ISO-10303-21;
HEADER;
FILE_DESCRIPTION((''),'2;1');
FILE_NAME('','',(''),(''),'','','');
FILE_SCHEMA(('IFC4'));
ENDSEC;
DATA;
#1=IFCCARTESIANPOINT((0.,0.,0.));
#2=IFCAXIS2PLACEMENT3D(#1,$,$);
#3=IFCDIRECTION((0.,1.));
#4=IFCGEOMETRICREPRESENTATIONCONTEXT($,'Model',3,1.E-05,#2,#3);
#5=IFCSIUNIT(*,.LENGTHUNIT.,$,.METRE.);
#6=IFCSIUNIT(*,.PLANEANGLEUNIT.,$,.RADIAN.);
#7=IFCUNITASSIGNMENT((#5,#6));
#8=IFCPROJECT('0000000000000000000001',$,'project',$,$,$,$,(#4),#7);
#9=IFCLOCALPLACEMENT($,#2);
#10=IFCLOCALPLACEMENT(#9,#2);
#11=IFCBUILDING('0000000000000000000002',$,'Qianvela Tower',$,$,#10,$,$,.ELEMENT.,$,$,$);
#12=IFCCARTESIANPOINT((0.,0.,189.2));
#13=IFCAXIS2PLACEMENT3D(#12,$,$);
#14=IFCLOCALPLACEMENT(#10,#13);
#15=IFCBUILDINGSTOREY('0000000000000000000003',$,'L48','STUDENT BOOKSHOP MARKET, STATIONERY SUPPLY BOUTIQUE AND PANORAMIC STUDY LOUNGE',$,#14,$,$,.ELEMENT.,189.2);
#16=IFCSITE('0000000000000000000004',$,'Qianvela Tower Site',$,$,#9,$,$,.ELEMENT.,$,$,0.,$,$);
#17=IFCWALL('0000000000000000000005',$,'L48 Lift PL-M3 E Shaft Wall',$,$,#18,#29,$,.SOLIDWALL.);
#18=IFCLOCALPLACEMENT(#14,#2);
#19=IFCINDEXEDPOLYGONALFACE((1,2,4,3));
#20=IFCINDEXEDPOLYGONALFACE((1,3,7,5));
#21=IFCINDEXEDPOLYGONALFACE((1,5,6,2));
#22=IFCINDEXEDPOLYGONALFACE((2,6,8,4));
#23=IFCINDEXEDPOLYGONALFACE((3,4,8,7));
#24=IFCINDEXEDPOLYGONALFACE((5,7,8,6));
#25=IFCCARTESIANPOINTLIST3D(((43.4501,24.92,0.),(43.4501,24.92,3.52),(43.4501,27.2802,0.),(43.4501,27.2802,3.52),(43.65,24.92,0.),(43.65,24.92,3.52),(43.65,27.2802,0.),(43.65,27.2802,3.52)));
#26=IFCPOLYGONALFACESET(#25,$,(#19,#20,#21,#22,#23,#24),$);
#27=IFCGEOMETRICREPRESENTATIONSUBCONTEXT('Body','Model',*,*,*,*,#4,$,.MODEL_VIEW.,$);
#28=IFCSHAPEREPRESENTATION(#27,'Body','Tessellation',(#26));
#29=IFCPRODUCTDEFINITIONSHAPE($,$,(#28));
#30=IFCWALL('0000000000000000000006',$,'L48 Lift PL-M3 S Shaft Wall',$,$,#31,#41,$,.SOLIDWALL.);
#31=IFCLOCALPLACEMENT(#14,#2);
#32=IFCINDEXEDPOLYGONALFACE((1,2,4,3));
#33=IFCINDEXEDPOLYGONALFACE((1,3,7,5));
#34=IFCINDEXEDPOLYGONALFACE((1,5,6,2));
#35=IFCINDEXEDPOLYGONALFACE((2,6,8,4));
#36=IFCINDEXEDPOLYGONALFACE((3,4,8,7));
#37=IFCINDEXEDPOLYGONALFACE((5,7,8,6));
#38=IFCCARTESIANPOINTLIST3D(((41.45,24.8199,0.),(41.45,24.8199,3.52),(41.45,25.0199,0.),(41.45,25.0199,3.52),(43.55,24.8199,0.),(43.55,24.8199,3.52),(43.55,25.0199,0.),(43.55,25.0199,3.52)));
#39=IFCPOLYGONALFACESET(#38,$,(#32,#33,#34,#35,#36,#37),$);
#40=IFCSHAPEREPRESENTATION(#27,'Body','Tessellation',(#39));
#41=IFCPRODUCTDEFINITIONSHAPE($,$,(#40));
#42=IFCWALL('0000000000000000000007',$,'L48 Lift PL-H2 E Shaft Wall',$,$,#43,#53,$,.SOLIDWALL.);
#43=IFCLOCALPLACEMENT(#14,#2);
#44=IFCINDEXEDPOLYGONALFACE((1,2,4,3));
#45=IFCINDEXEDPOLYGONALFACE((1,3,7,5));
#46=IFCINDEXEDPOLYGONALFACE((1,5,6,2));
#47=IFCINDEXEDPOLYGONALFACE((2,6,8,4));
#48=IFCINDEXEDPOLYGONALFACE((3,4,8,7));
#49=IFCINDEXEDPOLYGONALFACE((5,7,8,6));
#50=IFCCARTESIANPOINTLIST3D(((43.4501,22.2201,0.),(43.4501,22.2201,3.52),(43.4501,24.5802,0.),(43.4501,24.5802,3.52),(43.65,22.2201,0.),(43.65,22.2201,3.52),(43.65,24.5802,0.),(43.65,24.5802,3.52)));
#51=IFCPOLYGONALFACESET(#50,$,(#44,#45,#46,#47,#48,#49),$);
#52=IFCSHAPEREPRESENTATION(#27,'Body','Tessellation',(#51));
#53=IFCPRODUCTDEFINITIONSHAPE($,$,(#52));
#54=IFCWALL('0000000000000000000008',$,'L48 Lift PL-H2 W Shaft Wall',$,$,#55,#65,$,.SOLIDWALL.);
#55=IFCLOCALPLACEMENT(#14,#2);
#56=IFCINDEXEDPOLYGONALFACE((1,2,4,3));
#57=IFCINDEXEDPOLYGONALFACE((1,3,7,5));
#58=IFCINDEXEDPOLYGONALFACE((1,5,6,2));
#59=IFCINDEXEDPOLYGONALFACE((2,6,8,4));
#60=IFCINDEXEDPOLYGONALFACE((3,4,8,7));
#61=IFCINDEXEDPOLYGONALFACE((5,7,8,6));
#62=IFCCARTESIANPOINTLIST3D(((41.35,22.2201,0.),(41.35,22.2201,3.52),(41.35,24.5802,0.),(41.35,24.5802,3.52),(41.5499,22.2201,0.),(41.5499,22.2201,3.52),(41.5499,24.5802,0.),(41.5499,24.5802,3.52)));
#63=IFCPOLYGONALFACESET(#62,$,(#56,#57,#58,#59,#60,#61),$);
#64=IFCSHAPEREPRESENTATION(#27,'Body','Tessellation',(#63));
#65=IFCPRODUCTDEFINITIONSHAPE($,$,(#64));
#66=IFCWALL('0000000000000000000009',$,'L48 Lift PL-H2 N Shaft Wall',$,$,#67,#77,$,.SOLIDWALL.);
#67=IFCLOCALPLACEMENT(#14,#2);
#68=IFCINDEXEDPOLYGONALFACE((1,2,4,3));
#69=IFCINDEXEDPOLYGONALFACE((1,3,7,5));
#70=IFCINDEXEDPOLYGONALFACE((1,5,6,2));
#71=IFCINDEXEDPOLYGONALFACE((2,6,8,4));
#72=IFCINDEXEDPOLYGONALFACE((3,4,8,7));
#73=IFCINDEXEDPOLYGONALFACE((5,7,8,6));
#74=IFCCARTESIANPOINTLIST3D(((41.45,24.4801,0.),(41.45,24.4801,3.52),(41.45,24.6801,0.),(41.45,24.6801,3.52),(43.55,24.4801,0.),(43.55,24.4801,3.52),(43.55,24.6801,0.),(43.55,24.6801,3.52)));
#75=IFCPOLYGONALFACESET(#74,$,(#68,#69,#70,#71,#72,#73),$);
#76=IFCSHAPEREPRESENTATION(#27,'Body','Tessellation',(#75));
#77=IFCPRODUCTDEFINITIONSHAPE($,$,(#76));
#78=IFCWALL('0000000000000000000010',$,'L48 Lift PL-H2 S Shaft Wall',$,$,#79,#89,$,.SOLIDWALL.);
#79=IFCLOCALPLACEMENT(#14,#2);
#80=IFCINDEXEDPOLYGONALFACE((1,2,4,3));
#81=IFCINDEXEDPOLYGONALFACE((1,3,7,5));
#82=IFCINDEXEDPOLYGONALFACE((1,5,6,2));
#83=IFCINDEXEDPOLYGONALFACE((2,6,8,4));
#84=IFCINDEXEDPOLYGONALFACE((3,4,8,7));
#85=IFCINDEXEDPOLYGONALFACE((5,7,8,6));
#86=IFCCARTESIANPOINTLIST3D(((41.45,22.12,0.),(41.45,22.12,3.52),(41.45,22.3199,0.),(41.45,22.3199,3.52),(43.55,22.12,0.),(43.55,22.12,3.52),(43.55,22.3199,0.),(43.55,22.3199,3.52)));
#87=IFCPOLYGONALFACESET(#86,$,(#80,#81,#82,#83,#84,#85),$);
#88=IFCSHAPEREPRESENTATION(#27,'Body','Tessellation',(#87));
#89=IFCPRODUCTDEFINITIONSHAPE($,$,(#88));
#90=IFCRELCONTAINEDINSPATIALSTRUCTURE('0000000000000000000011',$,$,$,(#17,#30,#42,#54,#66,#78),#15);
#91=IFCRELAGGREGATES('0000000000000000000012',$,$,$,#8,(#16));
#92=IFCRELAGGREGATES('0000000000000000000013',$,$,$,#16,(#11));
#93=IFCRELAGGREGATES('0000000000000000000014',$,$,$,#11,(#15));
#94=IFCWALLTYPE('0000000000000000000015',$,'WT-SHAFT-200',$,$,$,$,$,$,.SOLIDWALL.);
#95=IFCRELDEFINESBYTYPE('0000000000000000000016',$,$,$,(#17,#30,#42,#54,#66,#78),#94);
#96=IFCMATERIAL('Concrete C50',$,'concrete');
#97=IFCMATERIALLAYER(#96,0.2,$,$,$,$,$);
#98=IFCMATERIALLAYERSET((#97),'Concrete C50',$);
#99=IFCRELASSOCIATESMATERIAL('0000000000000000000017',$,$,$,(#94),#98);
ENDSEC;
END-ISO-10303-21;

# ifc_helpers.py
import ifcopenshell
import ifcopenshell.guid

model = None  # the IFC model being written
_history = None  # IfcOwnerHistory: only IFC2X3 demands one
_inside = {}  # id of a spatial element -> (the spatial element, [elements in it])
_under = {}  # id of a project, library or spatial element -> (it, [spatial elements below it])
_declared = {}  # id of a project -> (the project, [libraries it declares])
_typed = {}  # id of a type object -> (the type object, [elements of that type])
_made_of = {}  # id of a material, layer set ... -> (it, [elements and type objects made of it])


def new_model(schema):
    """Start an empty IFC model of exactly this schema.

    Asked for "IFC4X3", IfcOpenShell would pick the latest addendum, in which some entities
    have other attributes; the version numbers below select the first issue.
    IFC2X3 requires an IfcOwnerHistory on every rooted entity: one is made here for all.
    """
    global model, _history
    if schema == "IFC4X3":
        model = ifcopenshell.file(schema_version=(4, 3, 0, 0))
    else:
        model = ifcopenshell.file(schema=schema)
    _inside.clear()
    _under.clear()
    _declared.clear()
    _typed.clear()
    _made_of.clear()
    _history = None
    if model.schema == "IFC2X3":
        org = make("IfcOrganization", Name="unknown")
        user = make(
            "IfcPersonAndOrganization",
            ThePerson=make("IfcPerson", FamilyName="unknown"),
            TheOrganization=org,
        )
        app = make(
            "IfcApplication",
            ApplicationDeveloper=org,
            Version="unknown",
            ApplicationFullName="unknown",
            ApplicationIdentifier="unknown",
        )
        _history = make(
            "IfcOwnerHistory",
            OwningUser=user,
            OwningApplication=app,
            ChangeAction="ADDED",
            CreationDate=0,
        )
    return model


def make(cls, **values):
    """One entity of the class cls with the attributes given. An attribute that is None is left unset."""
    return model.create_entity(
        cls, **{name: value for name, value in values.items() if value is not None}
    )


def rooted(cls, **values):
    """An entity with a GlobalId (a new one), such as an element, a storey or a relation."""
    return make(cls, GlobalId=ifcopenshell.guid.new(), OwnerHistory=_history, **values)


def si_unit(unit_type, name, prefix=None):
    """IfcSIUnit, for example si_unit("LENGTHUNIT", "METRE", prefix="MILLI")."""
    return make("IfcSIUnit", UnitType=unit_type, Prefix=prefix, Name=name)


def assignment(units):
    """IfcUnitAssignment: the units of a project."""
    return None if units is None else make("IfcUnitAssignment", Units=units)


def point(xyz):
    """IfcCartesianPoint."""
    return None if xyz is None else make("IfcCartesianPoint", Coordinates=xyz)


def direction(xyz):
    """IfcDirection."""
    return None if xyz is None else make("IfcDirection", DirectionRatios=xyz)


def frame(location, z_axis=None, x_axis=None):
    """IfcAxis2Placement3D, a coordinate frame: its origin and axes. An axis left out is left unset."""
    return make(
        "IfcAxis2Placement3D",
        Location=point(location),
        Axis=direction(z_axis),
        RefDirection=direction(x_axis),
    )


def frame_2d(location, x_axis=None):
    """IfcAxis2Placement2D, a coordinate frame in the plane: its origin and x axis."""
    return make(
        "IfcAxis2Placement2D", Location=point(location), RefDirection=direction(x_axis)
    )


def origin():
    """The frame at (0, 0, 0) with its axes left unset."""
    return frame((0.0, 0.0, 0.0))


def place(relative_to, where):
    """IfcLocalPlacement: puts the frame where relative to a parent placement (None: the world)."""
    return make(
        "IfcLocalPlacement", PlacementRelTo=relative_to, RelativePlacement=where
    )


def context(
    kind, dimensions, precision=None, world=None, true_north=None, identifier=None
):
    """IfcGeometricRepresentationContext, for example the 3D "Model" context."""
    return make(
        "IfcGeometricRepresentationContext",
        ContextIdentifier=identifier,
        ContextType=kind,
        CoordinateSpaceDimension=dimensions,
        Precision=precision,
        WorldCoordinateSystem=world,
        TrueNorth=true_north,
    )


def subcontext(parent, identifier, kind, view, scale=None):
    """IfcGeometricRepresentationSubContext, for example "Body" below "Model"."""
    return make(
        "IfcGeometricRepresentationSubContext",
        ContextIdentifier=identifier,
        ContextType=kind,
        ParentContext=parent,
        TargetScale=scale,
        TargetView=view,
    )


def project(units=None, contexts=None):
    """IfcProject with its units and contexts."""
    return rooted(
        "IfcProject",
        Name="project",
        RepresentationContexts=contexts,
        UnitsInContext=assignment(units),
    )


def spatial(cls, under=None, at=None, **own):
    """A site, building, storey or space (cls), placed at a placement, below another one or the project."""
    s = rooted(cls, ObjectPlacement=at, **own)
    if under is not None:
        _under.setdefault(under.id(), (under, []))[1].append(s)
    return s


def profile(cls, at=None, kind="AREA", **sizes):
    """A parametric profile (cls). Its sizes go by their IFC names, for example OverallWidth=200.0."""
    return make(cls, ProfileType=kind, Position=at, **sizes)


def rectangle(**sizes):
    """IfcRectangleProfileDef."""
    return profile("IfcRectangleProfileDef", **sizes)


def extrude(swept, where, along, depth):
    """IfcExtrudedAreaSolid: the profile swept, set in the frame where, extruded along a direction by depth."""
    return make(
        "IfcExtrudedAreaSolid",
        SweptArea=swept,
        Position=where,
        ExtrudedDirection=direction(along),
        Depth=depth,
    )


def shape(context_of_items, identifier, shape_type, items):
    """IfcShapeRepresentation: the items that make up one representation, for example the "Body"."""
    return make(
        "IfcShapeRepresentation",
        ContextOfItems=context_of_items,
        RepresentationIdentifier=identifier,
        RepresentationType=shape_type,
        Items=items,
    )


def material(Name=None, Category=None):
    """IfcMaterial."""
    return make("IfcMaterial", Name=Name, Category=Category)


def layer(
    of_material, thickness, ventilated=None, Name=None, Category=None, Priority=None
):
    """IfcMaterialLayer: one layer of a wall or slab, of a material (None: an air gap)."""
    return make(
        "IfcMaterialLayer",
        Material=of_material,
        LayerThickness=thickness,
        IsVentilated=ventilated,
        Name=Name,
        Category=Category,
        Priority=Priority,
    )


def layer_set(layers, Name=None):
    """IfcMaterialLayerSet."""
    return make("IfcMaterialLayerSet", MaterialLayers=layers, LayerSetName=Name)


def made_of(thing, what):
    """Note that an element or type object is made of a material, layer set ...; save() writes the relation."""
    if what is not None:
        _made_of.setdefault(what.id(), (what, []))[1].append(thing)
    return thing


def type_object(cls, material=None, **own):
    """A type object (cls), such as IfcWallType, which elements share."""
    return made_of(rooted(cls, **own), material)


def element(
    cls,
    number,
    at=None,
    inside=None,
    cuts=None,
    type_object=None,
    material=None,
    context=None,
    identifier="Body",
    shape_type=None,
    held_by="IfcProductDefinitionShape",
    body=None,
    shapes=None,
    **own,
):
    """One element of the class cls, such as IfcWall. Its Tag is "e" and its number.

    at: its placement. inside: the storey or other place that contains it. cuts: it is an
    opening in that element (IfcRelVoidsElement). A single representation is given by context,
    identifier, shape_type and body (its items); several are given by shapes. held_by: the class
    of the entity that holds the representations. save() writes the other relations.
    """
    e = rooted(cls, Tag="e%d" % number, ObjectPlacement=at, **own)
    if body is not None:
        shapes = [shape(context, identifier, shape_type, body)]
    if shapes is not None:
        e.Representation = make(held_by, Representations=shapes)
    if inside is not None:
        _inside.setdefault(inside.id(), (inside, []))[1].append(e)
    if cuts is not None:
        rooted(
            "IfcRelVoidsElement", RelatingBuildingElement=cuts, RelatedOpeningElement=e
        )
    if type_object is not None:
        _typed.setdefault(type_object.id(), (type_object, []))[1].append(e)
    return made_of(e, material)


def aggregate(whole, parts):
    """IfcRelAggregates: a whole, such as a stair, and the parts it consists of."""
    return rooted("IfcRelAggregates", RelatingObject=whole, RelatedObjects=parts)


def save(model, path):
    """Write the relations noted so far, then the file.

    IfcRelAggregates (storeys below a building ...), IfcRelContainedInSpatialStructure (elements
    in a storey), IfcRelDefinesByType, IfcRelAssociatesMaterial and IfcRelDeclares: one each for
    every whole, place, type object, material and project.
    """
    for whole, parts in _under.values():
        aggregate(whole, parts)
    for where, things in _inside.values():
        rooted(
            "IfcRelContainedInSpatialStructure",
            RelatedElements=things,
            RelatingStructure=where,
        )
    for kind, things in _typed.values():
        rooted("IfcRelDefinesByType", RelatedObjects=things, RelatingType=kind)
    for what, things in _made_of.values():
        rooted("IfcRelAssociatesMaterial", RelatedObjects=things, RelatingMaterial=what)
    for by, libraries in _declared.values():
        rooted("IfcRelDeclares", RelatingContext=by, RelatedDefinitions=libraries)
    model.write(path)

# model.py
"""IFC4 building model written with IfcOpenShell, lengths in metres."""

from ifc_helpers import new_model, si_unit, direction, frame, frame_2d, origin, place, context, subcontext, project, spatial, rectangle, extrude, material, layer, layer_set, type_object, element, save


model = new_model("IFC4")

# Units and contexts
model_context = context("Model", 3, precision=1e-05, world=origin(), true_north=direction((0.0, 1.0)))
body_context = subcontext(model_context, "Body", "Model", "MODEL_VIEW")
ifc_project = project(units=[si_unit("LENGTHUNIT", "METRE"), si_unit("PLANEANGLEUNIT", "RADIAN")], contexts=[model_context])

# Site, building, storey
site_placement = place(None, origin())
site = spatial("IfcSite", under=ifc_project, at=site_placement, Name="Qianvela Tower Site", CompositionType="ELEMENT", RefElevation=0.0)
building_placement = place(site_placement, origin())
building = spatial("IfcBuilding", under=site, at=building_placement, Name="Qianvela Tower", CompositionType="ELEMENT")
storey_placement = place(building_placement, frame((0.0, 0.0, 189.2)))
storey = spatial("IfcBuildingStorey", under=building, at=storey_placement, Name="L48", Description="STUDENT BOOKSHOP MARKET, STATIONERY SUPPLY BOUTIQUE AND PANORAMIC STUDY LOUNGE", CompositionType="ELEMENT", Elevation=189.2)

# Wall
ifc_material_1 = material(Name="Concrete C50", Category="concrete")
ifc_layer_1 = layer(ifc_material_1, 0.2)
ifc_layer_set_1 = layer_set([ifc_layer_1], Name="Concrete C50")
wall_type_1 = type_object("IfcWallType", Name="WT-SHAFT-200", PredefinedType="SOLIDWALL", material=ifc_layer_set_1)
wall_1_placement = place(storey_placement, frame((43.55, 24.9199, 0.0), z_axis=(0.0, 0.0, 1.0), x_axis=(0.0, 1.0, 0.0)))
element("IfcWall", 1, at=wall_1_placement, inside=storey, type_object=wall_type_1, Name="L48 Lift PL-M3 E Shaft Wall", PredefinedType="SOLIDWALL", context=body_context, shape_type="SweptSolid", body=[
    extrude(rectangle(XDim=2.3601, YDim=0.2, at=frame_2d((1.1802, 0.0))), origin(), (0.0, 0.0, 1.0), 3.52),
])

# Walls
wall_2_placement = place(storey_placement, frame((41.45, 24.9199, 0.0), z_axis=(0.0, 0.0, 1.0), x_axis=(1.0, 0.0, 0.0)))
element("IfcWall", 2, at=wall_2_placement, inside=storey, type_object=wall_type_1, Name="L48 Lift PL-M3 S Shaft Wall", PredefinedType="SOLIDWALL", context=body_context, shape_type="SweptSolid", body=[
    extrude(rectangle(XDim=2.1001, YDim=0.2, at=frame_2d((1.05, 0.0))), origin(), (0.0, 0.0, 1.0), 3.52),
])
for number, where, z_axis, x_axis, name in (
    (3, (43.55, 22.22, 0.0), (0.0, 0.0, 1.0), (0.0, 1.0, 0.0), "L48 Lift PL-H2 E Shaft Wall"),
    (4, (41.45, 22.22, 0.0), (0.0, 0.0, 1.0), (0.0, 1.0, 0.0), "L48 Lift PL-H2 W Shaft Wall"),
):
    element("IfcWall", number, at=place(storey_placement, frame(where, z_axis=z_axis, x_axis=x_axis)), inside=storey, type_object=wall_type_1, Name=name, PredefinedType="SOLIDWALL", context=body_context, shape_type="SweptSolid", body=[
        extrude(rectangle(XDim=2.3601, YDim=0.2, at=frame_2d((1.1802, 0.0))), origin(), (0.0, 0.0, 1.0), 3.52),
    ])
for number, where, z_axis, x_axis, name in (
    (5, (41.45, 24.5801, 0.0), (0.0, 0.0, 1.0), (1.0, 0.0, 0.0), "L48 Lift PL-H2 N Shaft Wall"),
    (6, (41.45, 22.22, 0.0), (0.0, 0.0, 1.0), (1.0, 0.0, 0.0), "L48 Lift PL-H2 S Shaft Wall"),
):
    element("IfcWall", number, at=place(storey_placement, frame(where, z_axis=z_axis, x_axis=x_axis)), inside=storey, type_object=wall_type_1, Name=name, PredefinedType="SOLIDWALL", context=body_context, shape_type="SweptSolid", body=[
        extrude(rectangle(XDim=2.1001, YDim=0.2, at=frame_2d((1.05, 0.0))), origin(), (0.0, 0.0, 1.0), 3.52),
    ])

save(model, "model.ifc")
